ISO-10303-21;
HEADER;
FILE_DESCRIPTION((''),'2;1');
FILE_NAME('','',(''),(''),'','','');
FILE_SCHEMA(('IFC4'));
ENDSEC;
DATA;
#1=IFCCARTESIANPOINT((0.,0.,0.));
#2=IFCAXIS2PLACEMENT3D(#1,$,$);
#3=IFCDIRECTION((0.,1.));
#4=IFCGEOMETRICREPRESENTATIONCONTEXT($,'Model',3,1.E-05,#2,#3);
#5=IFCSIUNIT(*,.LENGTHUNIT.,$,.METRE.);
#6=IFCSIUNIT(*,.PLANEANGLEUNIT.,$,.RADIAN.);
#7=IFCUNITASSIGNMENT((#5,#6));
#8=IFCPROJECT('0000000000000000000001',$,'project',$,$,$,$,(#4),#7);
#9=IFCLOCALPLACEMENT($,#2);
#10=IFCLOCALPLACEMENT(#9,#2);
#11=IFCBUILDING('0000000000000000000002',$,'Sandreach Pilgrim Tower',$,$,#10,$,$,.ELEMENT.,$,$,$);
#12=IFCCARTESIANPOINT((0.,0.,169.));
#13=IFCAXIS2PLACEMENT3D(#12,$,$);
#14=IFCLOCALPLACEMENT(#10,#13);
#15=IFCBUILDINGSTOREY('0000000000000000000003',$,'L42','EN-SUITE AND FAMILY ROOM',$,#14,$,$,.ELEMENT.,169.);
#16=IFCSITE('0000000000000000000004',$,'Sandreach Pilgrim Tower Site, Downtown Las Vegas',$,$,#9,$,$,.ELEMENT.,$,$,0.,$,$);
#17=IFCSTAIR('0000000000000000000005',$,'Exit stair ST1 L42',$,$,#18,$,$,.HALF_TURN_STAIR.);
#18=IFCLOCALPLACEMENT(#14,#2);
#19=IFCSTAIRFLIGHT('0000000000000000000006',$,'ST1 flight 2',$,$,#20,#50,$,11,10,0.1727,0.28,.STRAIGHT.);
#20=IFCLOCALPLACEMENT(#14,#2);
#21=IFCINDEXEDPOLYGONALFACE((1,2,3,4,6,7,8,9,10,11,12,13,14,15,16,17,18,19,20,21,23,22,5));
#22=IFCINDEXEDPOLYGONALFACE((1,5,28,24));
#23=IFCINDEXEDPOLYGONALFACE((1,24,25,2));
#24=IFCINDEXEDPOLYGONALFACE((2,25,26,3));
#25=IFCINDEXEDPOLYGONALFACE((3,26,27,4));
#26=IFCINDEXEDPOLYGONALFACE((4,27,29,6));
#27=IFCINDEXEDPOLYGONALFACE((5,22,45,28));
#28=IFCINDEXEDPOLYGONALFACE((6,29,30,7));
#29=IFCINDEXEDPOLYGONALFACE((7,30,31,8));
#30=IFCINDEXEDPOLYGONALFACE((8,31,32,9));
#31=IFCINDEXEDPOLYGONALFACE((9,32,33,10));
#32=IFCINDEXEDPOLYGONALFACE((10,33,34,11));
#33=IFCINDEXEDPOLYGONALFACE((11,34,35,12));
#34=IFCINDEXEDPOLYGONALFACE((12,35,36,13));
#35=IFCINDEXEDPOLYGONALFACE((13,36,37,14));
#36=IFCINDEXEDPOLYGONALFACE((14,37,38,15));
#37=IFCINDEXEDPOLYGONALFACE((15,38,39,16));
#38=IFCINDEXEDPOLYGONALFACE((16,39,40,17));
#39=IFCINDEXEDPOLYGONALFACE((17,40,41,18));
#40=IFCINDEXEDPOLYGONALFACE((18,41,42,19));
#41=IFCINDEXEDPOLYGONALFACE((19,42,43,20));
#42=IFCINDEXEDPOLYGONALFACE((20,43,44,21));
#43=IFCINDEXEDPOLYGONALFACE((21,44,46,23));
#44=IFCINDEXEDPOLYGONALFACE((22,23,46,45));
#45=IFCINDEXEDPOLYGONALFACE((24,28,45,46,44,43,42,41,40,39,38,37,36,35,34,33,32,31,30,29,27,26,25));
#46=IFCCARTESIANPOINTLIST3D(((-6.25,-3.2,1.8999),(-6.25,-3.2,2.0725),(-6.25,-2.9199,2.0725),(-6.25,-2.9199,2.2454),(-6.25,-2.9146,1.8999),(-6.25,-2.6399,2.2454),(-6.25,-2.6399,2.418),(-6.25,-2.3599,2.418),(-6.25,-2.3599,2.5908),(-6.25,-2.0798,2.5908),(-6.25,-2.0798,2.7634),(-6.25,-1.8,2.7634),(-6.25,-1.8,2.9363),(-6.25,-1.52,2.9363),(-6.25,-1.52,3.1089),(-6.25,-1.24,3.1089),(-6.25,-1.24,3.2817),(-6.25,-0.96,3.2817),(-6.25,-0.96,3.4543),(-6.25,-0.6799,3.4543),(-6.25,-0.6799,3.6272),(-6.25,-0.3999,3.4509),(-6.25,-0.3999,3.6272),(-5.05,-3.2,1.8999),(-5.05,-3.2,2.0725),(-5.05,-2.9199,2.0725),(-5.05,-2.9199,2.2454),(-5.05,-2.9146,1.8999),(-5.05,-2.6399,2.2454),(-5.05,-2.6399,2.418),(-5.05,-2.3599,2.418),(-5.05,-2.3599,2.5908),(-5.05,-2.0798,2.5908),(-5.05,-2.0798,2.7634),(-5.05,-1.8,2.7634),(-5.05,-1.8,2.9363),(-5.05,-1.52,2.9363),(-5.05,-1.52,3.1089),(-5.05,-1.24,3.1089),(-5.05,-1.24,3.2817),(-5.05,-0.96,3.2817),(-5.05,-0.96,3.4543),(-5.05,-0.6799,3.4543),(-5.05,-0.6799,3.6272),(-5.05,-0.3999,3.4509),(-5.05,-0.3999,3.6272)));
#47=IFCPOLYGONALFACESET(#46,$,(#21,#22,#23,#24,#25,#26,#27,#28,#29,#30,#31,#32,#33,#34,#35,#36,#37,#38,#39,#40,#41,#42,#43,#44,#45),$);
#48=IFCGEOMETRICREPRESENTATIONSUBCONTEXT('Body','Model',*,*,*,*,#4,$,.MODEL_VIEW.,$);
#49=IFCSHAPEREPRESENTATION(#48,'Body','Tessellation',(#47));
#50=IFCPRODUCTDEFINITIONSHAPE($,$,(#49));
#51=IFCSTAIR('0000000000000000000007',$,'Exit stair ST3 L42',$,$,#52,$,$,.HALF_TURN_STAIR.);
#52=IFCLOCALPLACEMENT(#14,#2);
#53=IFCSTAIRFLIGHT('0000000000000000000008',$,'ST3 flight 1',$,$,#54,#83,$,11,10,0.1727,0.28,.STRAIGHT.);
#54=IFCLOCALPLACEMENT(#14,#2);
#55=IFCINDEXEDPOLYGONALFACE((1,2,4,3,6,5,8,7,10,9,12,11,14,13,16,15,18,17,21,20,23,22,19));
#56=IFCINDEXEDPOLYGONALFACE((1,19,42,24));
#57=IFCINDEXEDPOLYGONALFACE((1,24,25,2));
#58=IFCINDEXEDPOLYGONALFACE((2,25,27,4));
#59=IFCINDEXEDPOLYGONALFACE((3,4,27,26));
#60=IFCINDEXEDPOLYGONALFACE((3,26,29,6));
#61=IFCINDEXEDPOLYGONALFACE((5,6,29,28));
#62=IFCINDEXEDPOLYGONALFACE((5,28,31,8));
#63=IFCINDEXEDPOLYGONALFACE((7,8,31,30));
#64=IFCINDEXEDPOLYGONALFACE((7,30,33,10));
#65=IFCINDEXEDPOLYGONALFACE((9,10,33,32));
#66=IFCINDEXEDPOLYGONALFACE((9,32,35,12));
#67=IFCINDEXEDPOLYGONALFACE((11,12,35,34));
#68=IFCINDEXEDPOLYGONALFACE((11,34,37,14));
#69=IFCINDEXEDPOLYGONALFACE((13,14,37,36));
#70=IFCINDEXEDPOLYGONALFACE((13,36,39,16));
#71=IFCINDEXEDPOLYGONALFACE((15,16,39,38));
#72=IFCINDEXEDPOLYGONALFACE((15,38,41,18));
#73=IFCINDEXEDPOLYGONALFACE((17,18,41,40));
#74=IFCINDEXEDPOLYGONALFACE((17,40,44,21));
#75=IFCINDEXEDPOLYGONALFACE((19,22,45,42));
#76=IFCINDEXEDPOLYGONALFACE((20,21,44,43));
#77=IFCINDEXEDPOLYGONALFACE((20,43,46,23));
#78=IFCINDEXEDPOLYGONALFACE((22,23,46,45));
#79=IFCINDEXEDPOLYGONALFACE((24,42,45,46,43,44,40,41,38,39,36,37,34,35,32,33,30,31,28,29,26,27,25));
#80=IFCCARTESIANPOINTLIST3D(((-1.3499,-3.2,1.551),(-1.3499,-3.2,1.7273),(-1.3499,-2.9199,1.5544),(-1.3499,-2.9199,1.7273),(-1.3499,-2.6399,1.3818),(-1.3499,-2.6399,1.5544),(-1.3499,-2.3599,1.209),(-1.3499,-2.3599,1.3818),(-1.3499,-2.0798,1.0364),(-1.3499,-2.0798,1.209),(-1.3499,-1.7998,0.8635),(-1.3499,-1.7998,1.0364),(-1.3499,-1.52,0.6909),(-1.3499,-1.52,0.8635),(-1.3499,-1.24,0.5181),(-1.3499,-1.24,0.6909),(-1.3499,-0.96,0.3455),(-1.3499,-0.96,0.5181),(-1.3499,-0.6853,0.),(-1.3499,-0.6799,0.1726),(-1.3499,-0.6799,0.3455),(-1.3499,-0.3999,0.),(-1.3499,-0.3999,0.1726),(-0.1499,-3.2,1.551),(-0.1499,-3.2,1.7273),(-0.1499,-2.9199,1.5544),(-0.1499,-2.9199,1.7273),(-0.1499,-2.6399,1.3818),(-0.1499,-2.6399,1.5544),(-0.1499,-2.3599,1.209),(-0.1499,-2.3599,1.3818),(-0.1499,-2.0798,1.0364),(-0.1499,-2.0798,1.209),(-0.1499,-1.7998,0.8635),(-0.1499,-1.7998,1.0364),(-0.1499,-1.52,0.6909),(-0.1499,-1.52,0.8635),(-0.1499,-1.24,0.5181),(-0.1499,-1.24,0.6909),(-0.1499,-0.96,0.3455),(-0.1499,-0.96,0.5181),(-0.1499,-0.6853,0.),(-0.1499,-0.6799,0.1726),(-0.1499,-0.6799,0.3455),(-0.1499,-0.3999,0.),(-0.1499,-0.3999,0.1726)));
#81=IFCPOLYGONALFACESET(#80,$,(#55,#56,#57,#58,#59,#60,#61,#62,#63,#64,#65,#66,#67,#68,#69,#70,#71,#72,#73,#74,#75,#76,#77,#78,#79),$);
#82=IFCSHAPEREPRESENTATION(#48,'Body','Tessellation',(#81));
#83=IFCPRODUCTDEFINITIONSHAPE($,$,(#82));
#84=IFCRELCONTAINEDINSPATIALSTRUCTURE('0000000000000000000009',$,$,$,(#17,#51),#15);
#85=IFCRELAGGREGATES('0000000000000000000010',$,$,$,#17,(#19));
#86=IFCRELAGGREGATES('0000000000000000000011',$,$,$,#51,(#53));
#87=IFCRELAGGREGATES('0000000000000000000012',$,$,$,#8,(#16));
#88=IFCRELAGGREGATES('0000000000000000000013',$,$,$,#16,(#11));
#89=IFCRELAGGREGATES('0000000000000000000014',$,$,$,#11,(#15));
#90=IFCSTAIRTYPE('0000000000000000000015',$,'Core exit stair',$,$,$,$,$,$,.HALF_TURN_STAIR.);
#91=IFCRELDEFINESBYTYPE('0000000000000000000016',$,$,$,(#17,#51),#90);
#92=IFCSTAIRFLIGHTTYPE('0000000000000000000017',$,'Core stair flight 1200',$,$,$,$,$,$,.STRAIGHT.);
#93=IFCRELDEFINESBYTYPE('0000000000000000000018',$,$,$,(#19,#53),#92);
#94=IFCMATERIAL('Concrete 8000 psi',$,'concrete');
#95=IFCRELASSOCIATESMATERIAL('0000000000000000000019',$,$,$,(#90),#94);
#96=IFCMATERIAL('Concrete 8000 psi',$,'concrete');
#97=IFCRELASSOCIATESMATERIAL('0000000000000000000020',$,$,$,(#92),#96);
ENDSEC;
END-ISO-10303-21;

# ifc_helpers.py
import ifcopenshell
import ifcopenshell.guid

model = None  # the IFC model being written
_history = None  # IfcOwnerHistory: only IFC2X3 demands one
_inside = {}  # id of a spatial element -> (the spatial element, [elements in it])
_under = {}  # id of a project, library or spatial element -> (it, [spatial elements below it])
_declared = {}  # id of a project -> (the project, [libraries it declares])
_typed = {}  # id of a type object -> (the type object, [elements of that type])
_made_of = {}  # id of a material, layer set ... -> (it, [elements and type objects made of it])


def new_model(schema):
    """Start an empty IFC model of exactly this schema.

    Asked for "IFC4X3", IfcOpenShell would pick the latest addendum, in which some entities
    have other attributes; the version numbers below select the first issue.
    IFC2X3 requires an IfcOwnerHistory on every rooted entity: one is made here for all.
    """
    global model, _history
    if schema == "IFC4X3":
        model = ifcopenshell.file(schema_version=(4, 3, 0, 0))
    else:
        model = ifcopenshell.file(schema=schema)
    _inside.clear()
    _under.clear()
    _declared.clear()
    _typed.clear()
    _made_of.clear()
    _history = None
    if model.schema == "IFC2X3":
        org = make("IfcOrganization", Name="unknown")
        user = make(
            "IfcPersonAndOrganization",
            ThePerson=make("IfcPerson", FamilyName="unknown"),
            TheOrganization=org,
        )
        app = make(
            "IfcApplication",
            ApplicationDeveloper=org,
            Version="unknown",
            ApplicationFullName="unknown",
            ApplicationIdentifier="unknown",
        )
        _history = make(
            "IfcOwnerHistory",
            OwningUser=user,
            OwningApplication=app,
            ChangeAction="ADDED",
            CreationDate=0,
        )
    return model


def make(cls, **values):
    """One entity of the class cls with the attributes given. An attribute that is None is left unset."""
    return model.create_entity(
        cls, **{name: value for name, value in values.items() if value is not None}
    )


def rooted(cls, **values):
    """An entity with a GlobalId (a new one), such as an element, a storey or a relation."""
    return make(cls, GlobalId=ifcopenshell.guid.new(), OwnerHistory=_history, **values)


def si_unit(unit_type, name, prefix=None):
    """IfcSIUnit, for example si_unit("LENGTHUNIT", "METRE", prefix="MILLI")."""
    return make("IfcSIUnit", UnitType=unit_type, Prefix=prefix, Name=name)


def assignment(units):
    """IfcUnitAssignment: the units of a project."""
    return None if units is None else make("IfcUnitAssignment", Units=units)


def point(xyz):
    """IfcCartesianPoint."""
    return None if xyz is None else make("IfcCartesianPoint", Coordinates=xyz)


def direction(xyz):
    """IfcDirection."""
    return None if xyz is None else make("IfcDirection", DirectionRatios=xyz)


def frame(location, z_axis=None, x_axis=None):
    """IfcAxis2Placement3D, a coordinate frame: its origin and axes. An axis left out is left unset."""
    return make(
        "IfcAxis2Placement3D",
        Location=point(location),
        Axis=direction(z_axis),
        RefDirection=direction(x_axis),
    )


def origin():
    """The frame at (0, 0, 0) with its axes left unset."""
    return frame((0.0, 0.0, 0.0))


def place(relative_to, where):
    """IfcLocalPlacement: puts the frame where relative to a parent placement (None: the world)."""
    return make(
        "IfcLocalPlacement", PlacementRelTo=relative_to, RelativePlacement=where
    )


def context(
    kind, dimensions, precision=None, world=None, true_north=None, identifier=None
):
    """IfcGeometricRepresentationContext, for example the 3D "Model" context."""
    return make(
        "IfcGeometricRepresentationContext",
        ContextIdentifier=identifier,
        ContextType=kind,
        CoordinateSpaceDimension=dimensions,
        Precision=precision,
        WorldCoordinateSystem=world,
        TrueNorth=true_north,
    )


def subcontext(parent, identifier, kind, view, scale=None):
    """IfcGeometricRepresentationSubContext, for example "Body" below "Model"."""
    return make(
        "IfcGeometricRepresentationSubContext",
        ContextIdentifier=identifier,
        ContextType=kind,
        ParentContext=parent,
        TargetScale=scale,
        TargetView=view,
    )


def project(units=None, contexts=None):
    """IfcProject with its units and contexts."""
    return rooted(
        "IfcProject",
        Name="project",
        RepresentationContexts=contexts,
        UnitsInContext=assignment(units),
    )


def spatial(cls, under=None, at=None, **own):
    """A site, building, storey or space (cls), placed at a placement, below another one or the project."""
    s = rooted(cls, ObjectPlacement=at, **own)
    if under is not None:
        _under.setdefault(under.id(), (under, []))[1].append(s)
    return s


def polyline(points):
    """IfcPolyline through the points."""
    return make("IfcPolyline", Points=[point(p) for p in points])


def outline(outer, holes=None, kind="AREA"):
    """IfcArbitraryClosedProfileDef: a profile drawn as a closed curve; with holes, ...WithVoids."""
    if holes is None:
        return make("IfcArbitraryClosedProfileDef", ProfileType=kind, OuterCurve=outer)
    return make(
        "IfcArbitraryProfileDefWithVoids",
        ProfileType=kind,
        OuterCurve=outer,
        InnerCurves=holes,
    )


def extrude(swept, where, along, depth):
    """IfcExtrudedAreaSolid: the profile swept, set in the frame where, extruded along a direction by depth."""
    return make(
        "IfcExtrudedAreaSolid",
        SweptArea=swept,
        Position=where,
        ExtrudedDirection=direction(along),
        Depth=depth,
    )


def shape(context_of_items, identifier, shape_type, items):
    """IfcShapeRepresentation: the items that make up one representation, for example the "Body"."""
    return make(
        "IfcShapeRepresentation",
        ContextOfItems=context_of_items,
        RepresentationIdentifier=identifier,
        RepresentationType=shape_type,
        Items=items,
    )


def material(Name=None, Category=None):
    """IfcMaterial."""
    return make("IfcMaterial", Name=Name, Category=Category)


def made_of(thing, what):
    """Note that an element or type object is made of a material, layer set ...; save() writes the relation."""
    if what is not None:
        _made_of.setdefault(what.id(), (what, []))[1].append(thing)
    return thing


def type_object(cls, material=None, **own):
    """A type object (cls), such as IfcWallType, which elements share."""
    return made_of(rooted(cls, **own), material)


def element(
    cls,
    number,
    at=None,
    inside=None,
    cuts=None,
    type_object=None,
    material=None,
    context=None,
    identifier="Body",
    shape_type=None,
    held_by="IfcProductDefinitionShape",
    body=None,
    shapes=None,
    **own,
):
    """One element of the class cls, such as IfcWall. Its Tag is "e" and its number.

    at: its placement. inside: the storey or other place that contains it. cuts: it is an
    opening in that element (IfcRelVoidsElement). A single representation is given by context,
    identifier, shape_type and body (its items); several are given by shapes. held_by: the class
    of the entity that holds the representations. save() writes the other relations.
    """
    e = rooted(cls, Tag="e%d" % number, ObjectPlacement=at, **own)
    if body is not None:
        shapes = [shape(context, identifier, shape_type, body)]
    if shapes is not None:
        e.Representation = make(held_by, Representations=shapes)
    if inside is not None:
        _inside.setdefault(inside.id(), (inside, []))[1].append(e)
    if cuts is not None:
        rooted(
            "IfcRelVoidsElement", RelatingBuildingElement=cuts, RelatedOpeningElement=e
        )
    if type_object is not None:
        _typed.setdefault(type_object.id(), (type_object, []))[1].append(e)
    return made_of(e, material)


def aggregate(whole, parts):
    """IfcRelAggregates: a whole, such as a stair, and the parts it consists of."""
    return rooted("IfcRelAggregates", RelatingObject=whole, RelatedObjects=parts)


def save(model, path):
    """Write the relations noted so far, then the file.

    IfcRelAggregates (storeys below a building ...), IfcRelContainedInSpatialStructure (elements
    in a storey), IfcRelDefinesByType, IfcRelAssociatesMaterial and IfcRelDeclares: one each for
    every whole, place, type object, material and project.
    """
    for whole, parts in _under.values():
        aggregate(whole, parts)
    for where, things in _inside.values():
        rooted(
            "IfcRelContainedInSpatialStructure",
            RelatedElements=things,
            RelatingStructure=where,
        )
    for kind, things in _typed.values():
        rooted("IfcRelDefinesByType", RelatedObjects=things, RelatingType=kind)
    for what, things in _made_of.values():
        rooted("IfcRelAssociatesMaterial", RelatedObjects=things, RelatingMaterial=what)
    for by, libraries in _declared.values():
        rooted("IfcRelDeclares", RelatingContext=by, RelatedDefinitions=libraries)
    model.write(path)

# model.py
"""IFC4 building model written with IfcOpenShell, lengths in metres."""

from ifc_helpers import new_model, si_unit, direction, frame, origin, place, context, subcontext, project, spatial, polyline, outline, extrude, material, type_object, element, aggregate, save


model = new_model("IFC4")

# Units and contexts
model_context = context("Model", 3, precision=1e-05, world=origin(), true_north=direction((0.0, 1.0)))
body_context = subcontext(model_context, "Body", "Model", "MODEL_VIEW")
ifc_project = project(units=[si_unit("LENGTHUNIT", "METRE"), si_unit("PLANEANGLEUNIT", "RADIAN")], contexts=[model_context])

# Site, building, storey
site_placement = place(None, origin())
site = spatial("IfcSite", under=ifc_project, at=site_placement, Name="Sandreach Pilgrim Tower Site, Downtown Las Vegas", CompositionType="ELEMENT", RefElevation=0.0)
building_placement = place(site_placement, origin())
building = spatial("IfcBuilding", under=site, at=building_placement, Name="Sandreach Pilgrim Tower", CompositionType="ELEMENT")
storey_placement = place(building_placement, frame((0.0, 0.0, 169.0)))
storey = spatial("IfcBuildingStorey", under=building, at=storey_placement, Name="L42", Description="EN-SUITE AND FAMILY ROOM", CompositionType="ELEMENT", Elevation=169.0)

# Stair, stair flight
ifc_material_1 = material(Name="Concrete 8000 psi", Category="concrete")
stair_type = type_object("IfcStairType", Name="Core exit stair", PredefinedType="HALF_TURN_STAIR", material=ifc_material_1)
stair_1_placement = place(storey_placement, origin())
stair_1 = element("IfcStair", 1, at=stair_1_placement, inside=storey, type_object=stair_type, Name="Exit stair ST1 L42", PredefinedType="HALF_TURN_STAIR")
ifc_material_2 = material(Name="Concrete 8000 psi", Category="concrete")
stair_flight_type = type_object("IfcStairFlightType", Name="Core stair flight 1200", PredefinedType="STRAIGHT", material=ifc_material_2)
stair_flight_1_placement = place(storey_placement, frame((-5.6499, -3.2, 1.8999), z_axis=(0.0, 0.0, 1.0), x_axis=(0.0, 1.0, 0.0)))
stair_flight_1 = element("IfcStairFlight", 2, at=stair_flight_1_placement, type_object=stair_flight_type, Name="ST1 flight 2", NumberOfRisers=11, NumberOfTreads=10, PredefinedType="STRAIGHT", RiserHeight=0.1727, TreadLength=0.28, context=body_context, shape_type="SweptSolid", body=[
    extrude(outline(polyline([(0.0, 0.0), (0.0, 0.1726), (0.28, 0.1726), (0.28, 0.3455), (0.5601, 0.3455), (0.5601, 0.5181), (0.8401, 0.5181), (0.8401, 0.6909), (1.1201, 0.6909), (1.1201, 0.8635), (1.3999, 0.8635), (1.3999, 1.0364), (1.6799, 1.0364), (1.6799, 1.209), (1.96, 1.209), (1.96, 1.3818), (2.24, 1.3818), (2.24, 1.5544), (2.52, 1.5544), (2.52, 1.7273), (2.8, 1.7273), (2.8, 1.8999), (2.8, 1.551), (0.2854, 0.0), (0.0, 0.0)])), frame((0.0, 0.6001, 0.0), z_axis=(0.0, -1.0, 0.0), x_axis=(1.0, 0.0, 0.0)), (0.0, 0.0, 1.0), 1.2),
])
aggregate(stair_1, [stair_flight_1])

# Stair, stair flight
stair_2_placement = place(storey_placement, origin())
stair_2 = element("IfcStair", 3, at=stair_2_placement, inside=storey, type_object=stair_type, Name="Exit stair ST3 L42", PredefinedType="HALF_TURN_STAIR")
stair_flight_2_placement = place(storey_placement, frame((-0.75, -0.3999, 0.0), z_axis=(0.0, 0.0, 1.0), x_axis=(0.0, -1.0, 0.0)))
stair_flight_2 = element("IfcStairFlight", 4, at=stair_flight_2_placement, type_object=stair_flight_type, Name="ST3 flight 1", NumberOfRisers=11, NumberOfTreads=10, PredefinedType="STRAIGHT", RiserHeight=0.1727, TreadLength=0.28, context=body_context, shape_type="SweptSolid", body=[
    extrude(outline(polyline([(0.0, 0.0), (0.0, 0.1726), (0.28, 0.1726), (0.28, 0.3455), (0.5601, 0.3455), (0.5601, 0.5181), (0.8401, 0.5181), (0.8401, 0.6909), (1.1201, 0.6909), (1.1201, 0.8635), (1.3999, 0.8635), (1.3999, 1.0364), (1.6799, 1.0364), (1.6799, 1.209), (1.96, 1.209), (1.96, 1.3818), (2.24, 1.3818), (2.24, 1.5544), (2.52, 1.5544), (2.52, 1.7273), (2.8, 1.7273), (2.8, 1.8999), (2.8, 1.551), (0.2854, 0.0), (0.0, 0.0)])), frame((0.0, 0.6001, 0.0), z_axis=(0.0, -1.0, 0.0), x_axis=(1.0, 0.0, 0.0)), (0.0, 0.0, 1.0), 1.2),
])
aggregate(stair_2, [stair_flight_2])

save(model, "model.ifc")
